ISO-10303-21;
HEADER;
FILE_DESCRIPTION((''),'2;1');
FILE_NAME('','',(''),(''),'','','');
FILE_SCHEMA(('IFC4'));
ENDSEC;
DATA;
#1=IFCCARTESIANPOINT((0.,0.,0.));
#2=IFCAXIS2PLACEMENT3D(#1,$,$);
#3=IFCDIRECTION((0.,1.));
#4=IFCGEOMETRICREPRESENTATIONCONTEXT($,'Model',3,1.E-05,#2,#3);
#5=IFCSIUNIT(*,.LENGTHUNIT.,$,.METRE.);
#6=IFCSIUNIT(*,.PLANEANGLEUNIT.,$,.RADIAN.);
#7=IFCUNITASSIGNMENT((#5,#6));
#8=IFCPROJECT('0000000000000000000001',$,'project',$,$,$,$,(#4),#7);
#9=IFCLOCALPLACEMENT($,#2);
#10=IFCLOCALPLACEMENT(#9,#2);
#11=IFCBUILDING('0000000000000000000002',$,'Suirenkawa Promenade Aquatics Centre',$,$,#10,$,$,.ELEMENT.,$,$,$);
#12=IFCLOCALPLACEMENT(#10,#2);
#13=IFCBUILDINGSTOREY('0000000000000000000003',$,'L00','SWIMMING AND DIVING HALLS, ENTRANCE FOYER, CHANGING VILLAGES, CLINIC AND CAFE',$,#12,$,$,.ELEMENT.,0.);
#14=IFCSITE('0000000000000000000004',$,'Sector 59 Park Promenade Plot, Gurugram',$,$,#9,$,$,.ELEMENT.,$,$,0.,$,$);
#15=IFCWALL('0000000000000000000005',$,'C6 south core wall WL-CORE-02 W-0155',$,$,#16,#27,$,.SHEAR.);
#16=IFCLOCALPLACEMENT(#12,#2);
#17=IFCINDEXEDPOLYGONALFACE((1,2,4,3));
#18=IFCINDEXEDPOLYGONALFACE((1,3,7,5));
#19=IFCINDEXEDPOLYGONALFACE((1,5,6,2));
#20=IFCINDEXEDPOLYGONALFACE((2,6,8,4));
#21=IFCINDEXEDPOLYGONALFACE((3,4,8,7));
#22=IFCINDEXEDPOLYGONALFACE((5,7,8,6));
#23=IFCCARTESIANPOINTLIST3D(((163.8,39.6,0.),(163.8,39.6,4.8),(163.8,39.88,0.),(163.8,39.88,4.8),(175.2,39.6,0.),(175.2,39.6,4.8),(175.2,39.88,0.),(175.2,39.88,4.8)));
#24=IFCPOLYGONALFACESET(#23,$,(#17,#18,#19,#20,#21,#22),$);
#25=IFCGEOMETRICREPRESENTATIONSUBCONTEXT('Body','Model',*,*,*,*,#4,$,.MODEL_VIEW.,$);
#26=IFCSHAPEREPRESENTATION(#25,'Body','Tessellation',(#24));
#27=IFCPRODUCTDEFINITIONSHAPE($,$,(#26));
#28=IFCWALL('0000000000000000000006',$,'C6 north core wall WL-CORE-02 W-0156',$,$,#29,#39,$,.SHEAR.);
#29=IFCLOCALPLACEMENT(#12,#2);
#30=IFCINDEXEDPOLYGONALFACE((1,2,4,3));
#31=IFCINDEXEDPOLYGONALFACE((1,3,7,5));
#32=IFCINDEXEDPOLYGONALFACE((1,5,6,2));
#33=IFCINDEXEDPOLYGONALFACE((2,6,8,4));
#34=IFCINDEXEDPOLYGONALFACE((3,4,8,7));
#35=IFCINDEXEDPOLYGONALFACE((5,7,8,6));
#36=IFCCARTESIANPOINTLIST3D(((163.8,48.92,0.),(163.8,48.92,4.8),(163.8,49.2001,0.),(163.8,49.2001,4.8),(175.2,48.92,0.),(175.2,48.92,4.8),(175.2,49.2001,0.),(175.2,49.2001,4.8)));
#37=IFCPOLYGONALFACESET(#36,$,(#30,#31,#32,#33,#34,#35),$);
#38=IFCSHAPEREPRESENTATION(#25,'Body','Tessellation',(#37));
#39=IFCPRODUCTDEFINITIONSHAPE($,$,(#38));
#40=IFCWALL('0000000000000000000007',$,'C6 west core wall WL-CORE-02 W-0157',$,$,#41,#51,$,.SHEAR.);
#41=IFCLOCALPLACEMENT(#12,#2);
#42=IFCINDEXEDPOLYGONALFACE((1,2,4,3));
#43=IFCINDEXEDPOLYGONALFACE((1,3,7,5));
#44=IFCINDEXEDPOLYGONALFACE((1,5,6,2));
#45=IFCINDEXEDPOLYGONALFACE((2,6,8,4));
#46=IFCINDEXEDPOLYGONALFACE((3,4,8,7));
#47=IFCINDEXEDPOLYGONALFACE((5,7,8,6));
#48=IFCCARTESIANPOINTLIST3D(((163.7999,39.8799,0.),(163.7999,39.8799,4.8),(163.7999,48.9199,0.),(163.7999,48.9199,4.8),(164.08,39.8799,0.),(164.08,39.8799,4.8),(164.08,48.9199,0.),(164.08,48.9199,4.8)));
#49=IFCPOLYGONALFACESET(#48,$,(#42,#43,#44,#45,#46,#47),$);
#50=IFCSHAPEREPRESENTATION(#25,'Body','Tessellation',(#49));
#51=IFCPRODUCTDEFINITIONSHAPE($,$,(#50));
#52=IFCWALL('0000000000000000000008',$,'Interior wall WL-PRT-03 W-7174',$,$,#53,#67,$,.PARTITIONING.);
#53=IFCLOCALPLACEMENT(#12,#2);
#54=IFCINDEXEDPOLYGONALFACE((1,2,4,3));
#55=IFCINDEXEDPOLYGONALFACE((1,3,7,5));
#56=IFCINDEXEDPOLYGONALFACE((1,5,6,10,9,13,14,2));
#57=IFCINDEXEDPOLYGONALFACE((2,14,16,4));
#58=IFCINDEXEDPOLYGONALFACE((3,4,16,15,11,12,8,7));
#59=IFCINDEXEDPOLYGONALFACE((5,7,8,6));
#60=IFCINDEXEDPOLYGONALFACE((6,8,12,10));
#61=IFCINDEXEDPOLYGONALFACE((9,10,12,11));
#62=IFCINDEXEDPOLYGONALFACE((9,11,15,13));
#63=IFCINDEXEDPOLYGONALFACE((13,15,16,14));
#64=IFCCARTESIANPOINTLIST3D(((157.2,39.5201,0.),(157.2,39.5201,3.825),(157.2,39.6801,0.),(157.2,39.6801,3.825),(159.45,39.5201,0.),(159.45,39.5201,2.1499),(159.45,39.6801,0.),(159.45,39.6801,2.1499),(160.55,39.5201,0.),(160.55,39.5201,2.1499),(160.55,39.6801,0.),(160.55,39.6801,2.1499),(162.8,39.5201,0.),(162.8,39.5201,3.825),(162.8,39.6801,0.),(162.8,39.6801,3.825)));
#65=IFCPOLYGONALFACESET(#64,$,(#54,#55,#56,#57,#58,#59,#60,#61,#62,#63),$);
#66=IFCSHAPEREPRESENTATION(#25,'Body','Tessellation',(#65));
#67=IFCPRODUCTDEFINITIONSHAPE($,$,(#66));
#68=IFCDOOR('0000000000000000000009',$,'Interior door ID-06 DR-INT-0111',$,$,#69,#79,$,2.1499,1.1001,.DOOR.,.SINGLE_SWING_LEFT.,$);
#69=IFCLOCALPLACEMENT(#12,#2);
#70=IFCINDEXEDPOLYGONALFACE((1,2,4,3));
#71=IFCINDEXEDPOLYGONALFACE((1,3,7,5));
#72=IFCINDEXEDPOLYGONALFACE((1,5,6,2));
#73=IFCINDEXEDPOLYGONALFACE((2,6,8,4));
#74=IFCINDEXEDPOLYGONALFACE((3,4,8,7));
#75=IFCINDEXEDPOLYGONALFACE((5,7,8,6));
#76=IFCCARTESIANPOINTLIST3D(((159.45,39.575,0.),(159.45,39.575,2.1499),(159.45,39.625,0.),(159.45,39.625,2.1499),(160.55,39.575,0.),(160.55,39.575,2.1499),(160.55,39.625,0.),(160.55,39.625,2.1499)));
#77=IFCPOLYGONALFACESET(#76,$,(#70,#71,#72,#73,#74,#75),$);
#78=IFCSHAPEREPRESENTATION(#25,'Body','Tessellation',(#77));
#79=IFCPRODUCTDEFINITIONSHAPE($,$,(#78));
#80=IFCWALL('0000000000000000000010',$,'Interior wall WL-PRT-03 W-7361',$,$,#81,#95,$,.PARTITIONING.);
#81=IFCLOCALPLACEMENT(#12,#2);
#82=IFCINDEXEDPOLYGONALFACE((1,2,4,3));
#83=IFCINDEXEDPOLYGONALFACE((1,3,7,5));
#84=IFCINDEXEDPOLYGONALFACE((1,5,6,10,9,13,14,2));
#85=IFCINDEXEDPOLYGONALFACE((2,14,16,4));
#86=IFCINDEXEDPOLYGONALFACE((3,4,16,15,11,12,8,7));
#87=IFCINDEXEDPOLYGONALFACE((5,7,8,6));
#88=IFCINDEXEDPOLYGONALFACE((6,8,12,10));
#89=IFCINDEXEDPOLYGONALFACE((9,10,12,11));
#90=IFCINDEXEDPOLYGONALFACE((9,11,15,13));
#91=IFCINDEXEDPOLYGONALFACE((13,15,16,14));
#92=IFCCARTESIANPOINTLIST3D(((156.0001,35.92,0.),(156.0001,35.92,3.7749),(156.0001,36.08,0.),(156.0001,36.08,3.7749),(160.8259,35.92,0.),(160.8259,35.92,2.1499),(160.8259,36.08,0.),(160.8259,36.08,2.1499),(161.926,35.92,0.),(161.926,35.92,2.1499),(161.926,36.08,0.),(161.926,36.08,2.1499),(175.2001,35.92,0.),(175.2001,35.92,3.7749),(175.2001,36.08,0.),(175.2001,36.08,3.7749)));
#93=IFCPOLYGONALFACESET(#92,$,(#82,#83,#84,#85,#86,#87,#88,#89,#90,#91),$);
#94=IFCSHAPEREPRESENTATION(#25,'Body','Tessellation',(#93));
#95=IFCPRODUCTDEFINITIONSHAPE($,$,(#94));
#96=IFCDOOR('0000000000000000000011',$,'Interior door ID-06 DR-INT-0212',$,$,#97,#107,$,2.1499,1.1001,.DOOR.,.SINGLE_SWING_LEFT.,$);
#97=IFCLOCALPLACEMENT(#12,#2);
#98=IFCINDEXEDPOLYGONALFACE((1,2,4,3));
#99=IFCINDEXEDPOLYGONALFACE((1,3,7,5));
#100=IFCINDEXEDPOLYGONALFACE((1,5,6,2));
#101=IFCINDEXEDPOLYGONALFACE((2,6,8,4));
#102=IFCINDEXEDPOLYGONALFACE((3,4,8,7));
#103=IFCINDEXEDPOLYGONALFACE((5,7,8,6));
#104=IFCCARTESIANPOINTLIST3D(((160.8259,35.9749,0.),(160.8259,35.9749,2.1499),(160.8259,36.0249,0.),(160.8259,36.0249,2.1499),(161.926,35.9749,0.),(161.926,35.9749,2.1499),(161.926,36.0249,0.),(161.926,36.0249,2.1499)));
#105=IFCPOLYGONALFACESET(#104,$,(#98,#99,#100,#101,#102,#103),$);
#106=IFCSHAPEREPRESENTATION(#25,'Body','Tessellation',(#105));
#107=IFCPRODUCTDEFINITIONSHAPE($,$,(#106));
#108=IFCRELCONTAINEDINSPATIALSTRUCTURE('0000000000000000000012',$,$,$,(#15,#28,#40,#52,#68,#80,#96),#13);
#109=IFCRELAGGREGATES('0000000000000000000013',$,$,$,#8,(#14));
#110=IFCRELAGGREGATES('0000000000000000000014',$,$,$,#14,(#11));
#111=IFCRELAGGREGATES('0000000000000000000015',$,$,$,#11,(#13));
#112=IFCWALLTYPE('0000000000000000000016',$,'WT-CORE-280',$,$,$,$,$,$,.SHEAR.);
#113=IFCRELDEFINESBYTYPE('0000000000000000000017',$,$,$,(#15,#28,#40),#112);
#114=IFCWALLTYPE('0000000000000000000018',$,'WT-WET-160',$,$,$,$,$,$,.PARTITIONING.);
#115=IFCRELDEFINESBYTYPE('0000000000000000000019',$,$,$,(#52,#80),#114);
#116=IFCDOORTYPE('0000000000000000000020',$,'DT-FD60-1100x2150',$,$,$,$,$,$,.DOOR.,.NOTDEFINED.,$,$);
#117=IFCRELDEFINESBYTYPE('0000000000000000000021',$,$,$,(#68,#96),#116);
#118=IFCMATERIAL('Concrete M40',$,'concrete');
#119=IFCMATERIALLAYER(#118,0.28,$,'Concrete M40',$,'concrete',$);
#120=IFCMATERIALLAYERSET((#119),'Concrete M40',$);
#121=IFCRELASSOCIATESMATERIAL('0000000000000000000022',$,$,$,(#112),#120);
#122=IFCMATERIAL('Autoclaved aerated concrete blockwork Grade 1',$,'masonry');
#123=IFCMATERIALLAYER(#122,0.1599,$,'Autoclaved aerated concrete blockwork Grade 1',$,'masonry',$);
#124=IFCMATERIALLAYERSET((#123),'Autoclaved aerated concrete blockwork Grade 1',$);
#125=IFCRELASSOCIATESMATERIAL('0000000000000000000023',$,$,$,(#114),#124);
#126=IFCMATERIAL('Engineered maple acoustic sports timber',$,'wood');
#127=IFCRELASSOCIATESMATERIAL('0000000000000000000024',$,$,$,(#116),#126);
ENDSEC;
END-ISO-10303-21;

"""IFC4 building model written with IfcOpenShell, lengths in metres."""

from ifc_helpers import new_model, si_unit, direction, frame, frame_2d, origin, place, context, subcontext, project, spatial, rectangle, extrude, material, layer, layer_set, type_object, element, fill, save


model = new_model("IFC4")

# Units and contexts
model_context = context("Model", 3, precision=1e-05, world=origin(), true_north=direction((0.0, 1.0)))
body_context = subcontext(model_context, "Body", "Model", "MODEL_VIEW")
ifc_project = project(units=[si_unit("LENGTHUNIT", "METRE"), si_unit("PLANEANGLEUNIT", "RADIAN")], contexts=[model_context])

# Site, building, storey
site_placement = place(None, origin())
site = spatial("IfcSite", under=ifc_project, at=site_placement, Name="Sector 59 Park Promenade Plot, Gurugram", CompositionType="ELEMENT", RefElevation=0.0)
building_placement = place(site_placement, origin())
building = spatial("IfcBuilding", under=site, at=building_placement, Name="Suirenkawa Promenade Aquatics Centre", CompositionType="ELEMENT")
storey_placement = place(building_placement, origin())
storey = spatial("IfcBuildingStorey", under=building, at=storey_placement, Name="L00", Description="SWIMMING AND DIVING HALLS, ENTRANCE FOYER, CHANGING VILLAGES, CLINIC AND CAFE", CompositionType="ELEMENT", Elevation=0.0)

# Shared definitions
ifc_material_1 = material(Name="Concrete M40", Category="concrete")

# Walls
ifc_layer_1 = layer(ifc_material_1, 0.28, Name="Concrete M40", Category="concrete")
ifc_layer_set_1 = layer_set([ifc_layer_1], Name="Concrete M40")
wall_type_1 = type_object("IfcWallType", Name="WT-CORE-280", PredefinedType="SHEAR", material=ifc_layer_set_1)
for number, where, z_axis, x_axis, name in (
    (1, (163.8, 39.74, 0.0), (0.0, 0.0, 1.0), (1.0, 0.0, 0.0), "C6 south core wall WL-CORE-02 W-0155"),
    (2, (163.8, 49.0601, 0.0), (0.0, 0.0, 1.0), (1.0, 0.0, 0.0), "C6 north core wall WL-CORE-02 W-0156"),
):
    element("IfcWall", number, at=place(storey_placement, frame(where, z_axis=z_axis, x_axis=x_axis)), inside=storey, type_object=wall_type_1, Name=name, PredefinedType="SHEAR", context=body_context, shape_type="SweptSolid", body=[
        extrude(rectangle(XDim=11.3999, YDim=0.28, at=frame_2d((5.7, 0.0))), origin(), (0.0, 0.0, 1.0), 4.8),
    ])
wall_1_placement = place(storey_placement, frame((163.9399, 39.8799, 0.0), z_axis=(0.0, 0.0, 1.0), x_axis=(0.0, 1.0, 0.0)))
element("IfcWall", 3, at=wall_1_placement, inside=storey, type_object=wall_type_1, Name="C6 west core wall WL-CORE-02 W-0157", PredefinedType="SHEAR", context=body_context, shape_type="SweptSolid", body=[
    extrude(rectangle(XDim=9.04, YDim=0.28, at=frame_2d((4.52, 0.0))), origin(), (0.0, 0.0, 1.0), 4.8),
])

# Walls, openings, doors
ifc_material_2 = material(Name="Autoclaved aerated concrete blockwork Grade 1", Category="masonry")
ifc_layer_2 = layer(ifc_material_2, 0.1599, Name="Autoclaved aerated concrete blockwork Grade 1", Category="masonry")
ifc_layer_set_2 = layer_set([ifc_layer_2], Name="Autoclaved aerated concrete blockwork Grade 1")
wall_type_2 = type_object("IfcWallType", Name="WT-WET-160", PredefinedType="PARTITIONING", material=ifc_layer_set_2)
wall_2_placement = place(storey_placement, frame((157.2, 39.6001, 0.0), z_axis=(0.0, 0.0, 1.0), x_axis=(1.0, 0.0, 0.0)))
wall_2 = element("IfcWall", 4, at=wall_2_placement, inside=storey, type_object=wall_type_2, Name="Interior wall WL-PRT-03 W-7174", PredefinedType="PARTITIONING", context=body_context, shape_type="SweptSolid", body=[
    extrude(rectangle(XDim=5.6001, YDim=0.1599, at=frame_2d((2.8, 0.0))), origin(), (0.0, 0.0, 1.0), 3.825),
])
opening_1_placement = place(wall_2_placement, frame((2.25, 0.0, 0.0)))
opening_1 = element("IfcOpeningElement", 5, at=opening_1_placement, cuts=wall_2, PredefinedType="OPENING", context=body_context, shape_type="SweptSolid", body=[
    extrude(rectangle(XDim=1.1001, YDim=2.1499, at=frame_2d((0.55, 1.075))), frame((0.0, 0.0898, 0.0), z_axis=(0.0, -1.0, 0.0), x_axis=(1.0, 0.0, 0.0)), (0.0, 0.0, 1.0), 0.1799),
])
ifc_material_3 = material(Name="Engineered maple acoustic sports timber", Category="wood")
door_type = type_object("IfcDoorType", Name="DT-FD60-1100x2150", OperationType="NOTDEFINED", PredefinedType="DOOR", material=ifc_material_3)
door_1_placement = place(opening_1_placement, origin())
door_1 = element("IfcDoor", 6, at=door_1_placement, inside=storey, type_object=door_type, Name="Interior door ID-06 DR-INT-0111", OperationType="SINGLE_SWING_LEFT", OverallHeight=2.1499, OverallWidth=1.1001, PredefinedType="DOOR", context=body_context, shape_type="SweptSolid", body=[
    extrude(rectangle(XDim=1.1001, YDim=2.1499, at=frame_2d((0.55, 1.075))), frame((0.0, 0.0249, 0.0), z_axis=(0.0, -1.0, 0.0), x_axis=(1.0, 0.0, 0.0)), (0.0, 0.0, 1.0), 0.05),
])
fill(opening_1, door_1)
wall_3_placement = place(storey_placement, frame((156.0, 36.0, 0.0), z_axis=(0.0, 0.0, 1.0), x_axis=(1.0, 0.0, 0.0)))
wall_3 = element("IfcWall", 7, at=wall_3_placement, inside=storey, type_object=wall_type_2, Name="Interior wall WL-PRT-03 W-7361", PredefinedType="PARTITIONING", context=body_context, shape_type="SweptSolid", body=[
    extrude(rectangle(XDim=19.2, YDim=0.1599, at=frame_2d((9.6001, 0.0))), origin(), (0.0, 0.0, 1.0), 3.7749),
])
opening_2_placement = place(wall_3_placement, frame((4.8259, 0.0, 0.0)))
opening_2 = element("IfcOpeningElement", 8, at=opening_2_placement, cuts=wall_3, PredefinedType="OPENING", context=body_context, shape_type="SweptSolid", body=[
    extrude(rectangle(XDim=1.1001, YDim=2.1499, at=frame_2d((0.55, 1.075))), frame((0.0, 0.0898, 0.0), z_axis=(0.0, -1.0, 0.0), x_axis=(1.0, 0.0, 0.0)), (0.0, 0.0, 1.0), 0.1799),
])
door_2_placement = place(opening_2_placement, origin())
door_2 = element("IfcDoor", 9, at=door_2_placement, inside=storey, type_object=door_type, Name="Interior door ID-06 DR-INT-0212", OperationType="SINGLE_SWING_LEFT", OverallHeight=2.1499, OverallWidth=1.1001, PredefinedType="DOOR", context=body_context, shape_type="SweptSolid", body=[
    extrude(rectangle(XDim=1.1001, YDim=2.1499, at=frame_2d((0.55, 1.075))), frame((0.0, 0.0249, 0.0), z_axis=(0.0, -1.0, 0.0), x_axis=(1.0, 0.0, 0.0)), (0.0, 0.0, 1.0), 0.05),
])
fill(opening_2, door_2)

save(model, "model.ifc")
